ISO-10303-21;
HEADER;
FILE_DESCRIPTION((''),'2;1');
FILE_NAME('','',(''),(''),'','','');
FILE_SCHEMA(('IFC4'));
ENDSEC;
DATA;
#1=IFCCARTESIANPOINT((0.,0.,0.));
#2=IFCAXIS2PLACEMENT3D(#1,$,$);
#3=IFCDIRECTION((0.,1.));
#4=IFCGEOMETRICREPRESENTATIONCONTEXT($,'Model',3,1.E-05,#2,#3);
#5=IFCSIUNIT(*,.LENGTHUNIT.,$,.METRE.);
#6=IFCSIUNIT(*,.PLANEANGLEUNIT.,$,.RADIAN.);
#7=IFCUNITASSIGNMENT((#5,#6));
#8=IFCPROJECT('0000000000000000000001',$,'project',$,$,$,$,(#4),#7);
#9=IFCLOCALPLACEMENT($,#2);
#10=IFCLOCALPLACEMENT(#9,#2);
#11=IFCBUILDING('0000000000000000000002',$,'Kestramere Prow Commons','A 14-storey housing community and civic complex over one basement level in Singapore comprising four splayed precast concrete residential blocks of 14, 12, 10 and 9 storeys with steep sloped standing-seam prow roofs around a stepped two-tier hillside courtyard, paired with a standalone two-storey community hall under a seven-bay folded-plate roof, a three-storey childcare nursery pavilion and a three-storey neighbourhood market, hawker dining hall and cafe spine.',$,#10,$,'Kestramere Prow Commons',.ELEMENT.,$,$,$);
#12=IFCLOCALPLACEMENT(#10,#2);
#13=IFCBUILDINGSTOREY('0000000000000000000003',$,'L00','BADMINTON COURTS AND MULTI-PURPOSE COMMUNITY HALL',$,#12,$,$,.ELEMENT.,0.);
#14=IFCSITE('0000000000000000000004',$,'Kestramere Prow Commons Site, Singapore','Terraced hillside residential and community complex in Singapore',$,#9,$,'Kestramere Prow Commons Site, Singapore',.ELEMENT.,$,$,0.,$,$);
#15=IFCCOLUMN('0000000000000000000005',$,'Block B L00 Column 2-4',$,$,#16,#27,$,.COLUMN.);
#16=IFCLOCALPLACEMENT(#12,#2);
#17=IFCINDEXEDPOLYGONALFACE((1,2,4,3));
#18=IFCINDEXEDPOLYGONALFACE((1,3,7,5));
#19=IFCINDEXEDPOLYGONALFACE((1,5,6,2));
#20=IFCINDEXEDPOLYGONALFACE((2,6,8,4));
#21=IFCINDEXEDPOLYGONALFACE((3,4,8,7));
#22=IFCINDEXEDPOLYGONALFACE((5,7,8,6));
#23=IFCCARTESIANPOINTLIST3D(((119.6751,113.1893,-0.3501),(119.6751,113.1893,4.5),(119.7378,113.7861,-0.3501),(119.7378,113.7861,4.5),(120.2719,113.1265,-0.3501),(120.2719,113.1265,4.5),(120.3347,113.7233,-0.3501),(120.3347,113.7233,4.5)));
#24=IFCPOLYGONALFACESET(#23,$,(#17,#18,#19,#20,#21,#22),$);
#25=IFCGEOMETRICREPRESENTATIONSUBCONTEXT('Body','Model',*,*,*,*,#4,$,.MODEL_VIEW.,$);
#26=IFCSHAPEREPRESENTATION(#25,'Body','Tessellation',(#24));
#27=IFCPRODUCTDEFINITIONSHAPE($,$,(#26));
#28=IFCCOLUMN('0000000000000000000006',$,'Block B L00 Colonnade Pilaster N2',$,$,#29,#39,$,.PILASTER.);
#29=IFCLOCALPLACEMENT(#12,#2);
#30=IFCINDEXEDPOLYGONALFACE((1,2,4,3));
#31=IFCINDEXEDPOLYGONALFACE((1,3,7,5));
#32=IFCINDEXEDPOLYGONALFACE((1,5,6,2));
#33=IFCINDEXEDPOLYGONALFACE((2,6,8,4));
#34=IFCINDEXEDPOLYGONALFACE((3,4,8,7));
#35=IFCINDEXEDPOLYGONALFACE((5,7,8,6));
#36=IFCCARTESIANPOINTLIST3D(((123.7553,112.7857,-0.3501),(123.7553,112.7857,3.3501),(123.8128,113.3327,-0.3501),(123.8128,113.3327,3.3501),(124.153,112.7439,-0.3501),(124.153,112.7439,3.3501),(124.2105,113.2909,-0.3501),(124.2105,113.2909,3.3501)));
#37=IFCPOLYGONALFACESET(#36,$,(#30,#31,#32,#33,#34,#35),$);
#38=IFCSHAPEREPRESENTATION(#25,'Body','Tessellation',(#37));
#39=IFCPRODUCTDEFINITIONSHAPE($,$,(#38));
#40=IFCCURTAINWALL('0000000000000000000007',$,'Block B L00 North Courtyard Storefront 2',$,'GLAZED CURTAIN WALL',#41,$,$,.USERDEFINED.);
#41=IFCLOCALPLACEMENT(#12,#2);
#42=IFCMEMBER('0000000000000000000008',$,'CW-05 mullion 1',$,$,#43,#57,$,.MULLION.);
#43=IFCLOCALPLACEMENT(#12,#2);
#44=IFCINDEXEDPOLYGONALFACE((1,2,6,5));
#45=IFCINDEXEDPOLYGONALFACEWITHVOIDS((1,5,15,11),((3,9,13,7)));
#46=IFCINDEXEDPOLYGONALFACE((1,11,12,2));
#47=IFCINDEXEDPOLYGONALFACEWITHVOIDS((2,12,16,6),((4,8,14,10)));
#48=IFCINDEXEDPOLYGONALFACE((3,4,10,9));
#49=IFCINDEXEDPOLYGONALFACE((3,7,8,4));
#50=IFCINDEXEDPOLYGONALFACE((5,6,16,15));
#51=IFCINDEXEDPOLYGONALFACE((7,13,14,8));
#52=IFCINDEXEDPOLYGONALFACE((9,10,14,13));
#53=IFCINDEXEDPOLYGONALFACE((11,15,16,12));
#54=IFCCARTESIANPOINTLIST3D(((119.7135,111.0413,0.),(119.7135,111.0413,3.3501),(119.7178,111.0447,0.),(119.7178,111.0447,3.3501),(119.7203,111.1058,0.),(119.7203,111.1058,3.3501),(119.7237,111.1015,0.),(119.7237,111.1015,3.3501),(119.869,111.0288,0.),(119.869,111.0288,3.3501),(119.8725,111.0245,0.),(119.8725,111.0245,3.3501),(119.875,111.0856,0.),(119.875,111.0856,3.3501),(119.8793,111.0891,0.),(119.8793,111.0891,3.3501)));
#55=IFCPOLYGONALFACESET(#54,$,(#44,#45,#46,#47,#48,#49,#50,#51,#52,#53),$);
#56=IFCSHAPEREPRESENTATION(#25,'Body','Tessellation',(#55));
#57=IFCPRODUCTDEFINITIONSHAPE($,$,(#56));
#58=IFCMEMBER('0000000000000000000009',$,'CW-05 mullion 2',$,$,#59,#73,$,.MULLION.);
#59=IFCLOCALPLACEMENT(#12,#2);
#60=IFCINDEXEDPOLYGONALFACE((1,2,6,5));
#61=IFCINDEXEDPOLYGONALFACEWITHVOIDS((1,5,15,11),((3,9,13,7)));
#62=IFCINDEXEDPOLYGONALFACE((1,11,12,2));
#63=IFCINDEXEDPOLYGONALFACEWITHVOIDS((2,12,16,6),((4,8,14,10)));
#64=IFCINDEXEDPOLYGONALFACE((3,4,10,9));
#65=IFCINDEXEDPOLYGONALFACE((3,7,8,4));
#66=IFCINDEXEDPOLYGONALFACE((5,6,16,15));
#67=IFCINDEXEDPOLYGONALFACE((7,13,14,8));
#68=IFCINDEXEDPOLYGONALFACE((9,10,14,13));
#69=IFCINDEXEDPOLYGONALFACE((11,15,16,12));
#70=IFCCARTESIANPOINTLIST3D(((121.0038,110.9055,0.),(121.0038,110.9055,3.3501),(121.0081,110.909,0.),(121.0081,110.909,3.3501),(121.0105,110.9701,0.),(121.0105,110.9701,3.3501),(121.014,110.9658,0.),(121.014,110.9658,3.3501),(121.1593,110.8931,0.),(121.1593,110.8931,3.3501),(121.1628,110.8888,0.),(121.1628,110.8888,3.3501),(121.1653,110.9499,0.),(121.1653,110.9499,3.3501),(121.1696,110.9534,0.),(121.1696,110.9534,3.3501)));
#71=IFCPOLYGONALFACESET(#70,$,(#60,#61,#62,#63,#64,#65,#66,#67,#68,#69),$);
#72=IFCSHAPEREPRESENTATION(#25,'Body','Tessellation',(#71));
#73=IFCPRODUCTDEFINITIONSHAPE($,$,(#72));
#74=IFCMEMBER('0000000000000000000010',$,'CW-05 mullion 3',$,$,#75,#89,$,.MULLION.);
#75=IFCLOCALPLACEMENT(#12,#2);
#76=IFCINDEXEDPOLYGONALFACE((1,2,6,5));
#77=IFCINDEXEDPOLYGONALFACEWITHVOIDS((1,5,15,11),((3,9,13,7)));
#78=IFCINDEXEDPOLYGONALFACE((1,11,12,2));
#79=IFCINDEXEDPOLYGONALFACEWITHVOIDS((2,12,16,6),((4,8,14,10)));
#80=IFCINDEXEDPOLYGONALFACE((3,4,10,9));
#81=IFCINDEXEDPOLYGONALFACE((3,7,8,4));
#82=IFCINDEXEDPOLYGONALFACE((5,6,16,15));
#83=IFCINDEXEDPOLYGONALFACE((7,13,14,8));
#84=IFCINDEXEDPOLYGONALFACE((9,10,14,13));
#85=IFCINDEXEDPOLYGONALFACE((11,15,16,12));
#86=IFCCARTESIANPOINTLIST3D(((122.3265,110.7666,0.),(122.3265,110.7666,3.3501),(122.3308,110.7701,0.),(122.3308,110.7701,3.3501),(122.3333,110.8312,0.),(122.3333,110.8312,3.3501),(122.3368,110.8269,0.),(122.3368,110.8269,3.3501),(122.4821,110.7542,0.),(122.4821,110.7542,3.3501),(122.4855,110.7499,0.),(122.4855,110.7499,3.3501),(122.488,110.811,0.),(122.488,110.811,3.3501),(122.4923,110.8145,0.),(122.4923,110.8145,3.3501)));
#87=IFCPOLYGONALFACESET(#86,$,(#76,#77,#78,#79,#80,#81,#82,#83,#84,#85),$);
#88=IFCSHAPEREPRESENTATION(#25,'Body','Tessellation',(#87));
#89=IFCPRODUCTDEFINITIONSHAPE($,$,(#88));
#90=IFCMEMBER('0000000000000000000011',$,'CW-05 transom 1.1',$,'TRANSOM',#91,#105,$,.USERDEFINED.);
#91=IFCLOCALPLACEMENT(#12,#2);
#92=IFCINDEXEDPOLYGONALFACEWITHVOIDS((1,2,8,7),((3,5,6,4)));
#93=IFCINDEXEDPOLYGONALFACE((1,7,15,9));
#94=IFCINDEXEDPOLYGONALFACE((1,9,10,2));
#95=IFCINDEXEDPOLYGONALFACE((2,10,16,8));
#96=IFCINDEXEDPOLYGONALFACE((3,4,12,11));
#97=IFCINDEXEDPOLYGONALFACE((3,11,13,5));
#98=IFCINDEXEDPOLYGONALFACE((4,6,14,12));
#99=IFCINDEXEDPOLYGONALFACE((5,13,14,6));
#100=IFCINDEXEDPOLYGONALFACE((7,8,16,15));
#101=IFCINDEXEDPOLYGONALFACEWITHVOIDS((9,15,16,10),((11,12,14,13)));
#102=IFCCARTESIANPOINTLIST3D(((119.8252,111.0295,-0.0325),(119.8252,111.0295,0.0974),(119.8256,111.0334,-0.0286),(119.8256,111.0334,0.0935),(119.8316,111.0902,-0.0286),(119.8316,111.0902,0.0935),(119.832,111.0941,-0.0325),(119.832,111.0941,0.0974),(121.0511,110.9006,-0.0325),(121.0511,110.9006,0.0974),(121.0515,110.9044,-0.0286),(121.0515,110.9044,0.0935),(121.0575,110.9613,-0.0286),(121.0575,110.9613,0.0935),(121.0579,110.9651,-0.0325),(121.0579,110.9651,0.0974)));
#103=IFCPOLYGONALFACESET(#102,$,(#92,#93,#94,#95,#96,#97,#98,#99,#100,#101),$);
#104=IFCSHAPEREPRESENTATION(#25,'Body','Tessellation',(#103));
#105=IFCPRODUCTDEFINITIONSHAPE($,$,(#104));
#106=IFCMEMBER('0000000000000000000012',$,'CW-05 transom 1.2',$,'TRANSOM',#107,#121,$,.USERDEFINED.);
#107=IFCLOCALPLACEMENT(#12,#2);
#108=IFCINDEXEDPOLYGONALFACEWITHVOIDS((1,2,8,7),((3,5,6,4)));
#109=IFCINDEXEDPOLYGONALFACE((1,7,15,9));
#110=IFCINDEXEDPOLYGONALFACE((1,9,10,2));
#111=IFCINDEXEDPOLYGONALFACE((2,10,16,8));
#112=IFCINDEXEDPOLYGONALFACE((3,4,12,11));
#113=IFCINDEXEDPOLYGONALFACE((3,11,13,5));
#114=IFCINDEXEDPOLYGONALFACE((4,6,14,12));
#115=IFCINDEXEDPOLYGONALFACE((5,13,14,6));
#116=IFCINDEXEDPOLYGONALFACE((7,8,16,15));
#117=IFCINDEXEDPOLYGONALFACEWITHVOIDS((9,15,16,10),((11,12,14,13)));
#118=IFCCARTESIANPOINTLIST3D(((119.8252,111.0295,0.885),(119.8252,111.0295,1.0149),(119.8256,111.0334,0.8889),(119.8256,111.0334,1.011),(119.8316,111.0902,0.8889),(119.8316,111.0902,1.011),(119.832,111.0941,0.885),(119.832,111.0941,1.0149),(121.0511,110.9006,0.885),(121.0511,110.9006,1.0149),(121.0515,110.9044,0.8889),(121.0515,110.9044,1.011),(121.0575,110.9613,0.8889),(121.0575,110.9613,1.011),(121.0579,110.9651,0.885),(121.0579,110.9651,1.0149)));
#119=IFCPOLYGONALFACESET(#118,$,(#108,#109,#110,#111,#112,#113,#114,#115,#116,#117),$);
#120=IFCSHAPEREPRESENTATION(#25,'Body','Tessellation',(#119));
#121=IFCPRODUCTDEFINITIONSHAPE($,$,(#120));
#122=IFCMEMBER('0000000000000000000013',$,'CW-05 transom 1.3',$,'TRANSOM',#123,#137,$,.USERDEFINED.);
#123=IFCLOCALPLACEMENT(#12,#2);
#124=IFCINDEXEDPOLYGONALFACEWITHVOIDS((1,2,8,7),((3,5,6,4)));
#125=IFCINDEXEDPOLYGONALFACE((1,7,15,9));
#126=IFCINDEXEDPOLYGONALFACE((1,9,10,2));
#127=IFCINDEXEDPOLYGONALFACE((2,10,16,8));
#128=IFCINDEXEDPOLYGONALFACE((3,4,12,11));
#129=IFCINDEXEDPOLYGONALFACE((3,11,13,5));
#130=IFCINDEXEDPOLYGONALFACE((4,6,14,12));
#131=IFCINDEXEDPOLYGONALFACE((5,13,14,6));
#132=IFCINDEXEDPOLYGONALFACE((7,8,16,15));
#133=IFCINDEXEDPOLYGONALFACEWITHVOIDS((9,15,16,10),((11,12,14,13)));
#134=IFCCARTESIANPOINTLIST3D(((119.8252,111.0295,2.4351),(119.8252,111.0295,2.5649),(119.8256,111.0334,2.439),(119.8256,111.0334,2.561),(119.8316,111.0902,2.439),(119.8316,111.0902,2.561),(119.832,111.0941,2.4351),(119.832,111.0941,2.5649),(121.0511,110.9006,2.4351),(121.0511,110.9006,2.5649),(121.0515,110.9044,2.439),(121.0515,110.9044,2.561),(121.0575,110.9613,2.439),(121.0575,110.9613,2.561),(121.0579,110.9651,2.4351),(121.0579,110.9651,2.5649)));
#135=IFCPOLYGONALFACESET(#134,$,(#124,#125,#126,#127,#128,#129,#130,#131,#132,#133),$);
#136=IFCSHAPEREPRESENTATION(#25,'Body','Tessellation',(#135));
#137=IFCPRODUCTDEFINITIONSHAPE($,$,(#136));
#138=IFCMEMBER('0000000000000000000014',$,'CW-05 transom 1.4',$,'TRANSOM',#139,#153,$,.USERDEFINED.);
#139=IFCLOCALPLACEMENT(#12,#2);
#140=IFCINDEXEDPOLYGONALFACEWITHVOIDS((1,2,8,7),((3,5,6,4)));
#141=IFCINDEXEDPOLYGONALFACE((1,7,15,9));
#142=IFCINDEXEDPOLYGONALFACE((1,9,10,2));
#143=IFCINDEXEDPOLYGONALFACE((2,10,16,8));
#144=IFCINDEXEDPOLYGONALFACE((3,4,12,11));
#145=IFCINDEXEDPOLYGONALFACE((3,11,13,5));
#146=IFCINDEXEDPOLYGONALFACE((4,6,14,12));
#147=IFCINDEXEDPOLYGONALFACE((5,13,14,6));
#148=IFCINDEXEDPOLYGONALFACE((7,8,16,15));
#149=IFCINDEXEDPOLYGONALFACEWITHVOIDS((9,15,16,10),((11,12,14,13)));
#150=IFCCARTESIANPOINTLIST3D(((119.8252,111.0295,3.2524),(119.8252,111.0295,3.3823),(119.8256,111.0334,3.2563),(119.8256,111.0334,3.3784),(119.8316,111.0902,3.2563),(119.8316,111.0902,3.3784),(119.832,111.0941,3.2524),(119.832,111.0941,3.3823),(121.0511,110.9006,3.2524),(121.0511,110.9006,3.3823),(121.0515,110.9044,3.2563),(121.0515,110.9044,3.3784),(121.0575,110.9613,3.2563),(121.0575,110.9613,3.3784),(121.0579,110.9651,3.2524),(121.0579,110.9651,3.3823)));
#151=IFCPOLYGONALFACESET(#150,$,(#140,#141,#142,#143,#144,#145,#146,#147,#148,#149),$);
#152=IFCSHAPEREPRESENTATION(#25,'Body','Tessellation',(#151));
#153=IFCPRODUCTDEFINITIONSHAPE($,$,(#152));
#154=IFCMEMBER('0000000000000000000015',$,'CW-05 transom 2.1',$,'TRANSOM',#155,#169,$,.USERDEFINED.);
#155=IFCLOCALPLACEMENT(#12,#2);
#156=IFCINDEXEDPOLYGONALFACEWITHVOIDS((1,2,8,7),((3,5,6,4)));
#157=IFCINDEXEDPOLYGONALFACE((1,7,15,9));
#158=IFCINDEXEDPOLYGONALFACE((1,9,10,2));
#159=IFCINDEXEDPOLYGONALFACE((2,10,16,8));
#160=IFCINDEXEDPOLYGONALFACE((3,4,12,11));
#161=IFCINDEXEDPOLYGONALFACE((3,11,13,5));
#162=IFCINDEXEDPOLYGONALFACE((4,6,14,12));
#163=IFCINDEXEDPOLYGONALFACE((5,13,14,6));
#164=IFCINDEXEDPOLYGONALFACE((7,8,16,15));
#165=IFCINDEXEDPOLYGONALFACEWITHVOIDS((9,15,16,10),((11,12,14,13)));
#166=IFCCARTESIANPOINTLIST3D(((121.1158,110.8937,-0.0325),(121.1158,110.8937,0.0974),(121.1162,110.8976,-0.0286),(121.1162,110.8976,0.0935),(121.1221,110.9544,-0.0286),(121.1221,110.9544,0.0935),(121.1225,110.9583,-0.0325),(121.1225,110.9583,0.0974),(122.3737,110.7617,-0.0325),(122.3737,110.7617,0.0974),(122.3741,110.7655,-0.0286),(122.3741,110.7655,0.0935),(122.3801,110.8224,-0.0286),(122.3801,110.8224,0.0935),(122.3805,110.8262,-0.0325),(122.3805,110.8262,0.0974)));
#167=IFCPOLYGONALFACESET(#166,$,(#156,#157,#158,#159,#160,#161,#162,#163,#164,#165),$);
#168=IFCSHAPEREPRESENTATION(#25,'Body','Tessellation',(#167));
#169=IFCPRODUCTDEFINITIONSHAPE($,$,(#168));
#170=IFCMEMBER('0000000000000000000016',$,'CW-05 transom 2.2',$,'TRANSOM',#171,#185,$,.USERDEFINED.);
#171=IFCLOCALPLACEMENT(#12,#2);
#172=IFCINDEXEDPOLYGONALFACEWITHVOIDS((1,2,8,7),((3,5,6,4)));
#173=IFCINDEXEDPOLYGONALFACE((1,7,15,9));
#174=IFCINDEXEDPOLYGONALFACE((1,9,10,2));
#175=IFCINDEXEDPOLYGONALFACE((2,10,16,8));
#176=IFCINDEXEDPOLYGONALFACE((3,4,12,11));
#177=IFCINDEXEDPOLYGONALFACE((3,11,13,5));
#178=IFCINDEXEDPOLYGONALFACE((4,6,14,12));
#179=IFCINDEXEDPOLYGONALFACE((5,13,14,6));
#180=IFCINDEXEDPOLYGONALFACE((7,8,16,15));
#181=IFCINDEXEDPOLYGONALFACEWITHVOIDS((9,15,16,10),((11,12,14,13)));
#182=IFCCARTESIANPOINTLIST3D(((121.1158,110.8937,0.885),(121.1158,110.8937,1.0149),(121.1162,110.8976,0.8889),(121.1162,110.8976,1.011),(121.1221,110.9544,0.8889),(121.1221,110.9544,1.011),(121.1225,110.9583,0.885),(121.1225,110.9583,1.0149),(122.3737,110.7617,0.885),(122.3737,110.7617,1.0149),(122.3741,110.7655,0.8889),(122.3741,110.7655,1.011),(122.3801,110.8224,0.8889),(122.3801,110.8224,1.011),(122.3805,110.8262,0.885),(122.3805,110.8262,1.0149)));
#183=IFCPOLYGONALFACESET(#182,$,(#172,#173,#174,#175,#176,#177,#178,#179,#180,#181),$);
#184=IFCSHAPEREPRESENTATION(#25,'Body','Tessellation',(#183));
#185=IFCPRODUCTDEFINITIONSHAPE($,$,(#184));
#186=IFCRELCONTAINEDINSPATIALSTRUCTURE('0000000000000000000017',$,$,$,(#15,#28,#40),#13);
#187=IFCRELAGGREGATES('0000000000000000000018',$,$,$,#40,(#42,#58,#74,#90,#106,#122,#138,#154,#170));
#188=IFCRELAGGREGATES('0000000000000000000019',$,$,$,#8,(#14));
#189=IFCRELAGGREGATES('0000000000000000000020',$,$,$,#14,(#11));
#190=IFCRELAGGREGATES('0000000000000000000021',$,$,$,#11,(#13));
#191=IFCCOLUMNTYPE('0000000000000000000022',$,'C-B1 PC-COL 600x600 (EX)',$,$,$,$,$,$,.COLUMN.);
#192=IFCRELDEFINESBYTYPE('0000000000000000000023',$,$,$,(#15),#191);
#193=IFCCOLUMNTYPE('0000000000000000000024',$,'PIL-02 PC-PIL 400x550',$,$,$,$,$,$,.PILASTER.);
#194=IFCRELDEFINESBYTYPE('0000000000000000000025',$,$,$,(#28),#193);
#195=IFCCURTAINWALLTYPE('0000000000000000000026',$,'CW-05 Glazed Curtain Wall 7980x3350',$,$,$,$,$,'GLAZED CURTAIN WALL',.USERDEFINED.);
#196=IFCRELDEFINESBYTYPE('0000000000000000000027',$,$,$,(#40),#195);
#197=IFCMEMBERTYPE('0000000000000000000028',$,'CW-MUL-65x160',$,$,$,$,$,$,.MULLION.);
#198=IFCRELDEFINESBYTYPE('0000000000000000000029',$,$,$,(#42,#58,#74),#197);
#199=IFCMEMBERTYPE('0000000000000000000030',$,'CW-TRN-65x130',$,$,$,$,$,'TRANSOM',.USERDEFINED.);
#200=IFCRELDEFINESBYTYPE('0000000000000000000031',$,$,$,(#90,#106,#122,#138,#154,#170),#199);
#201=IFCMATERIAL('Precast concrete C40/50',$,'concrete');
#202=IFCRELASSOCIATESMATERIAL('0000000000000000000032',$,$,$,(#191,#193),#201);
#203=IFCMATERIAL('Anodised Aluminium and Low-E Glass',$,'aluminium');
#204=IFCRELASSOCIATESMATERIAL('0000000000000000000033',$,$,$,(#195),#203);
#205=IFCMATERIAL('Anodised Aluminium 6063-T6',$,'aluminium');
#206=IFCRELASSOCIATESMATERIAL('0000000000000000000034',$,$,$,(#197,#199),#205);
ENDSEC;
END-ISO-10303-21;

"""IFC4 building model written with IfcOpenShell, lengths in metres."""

from ifc_helpers import new_model, si_unit, direction, frame, origin, origin_2d, place, context, subcontext, project, spatial, rectangle, hollow_rectangle, extrude, material, material_profile, profile_set, type_object, element, aggregate, save


model = new_model("IFC4")

# Units and contexts
model_context = context("Model", 3, precision=1e-05, world=origin(), true_north=direction((0.0, 1.0)))
body_context = subcontext(model_context, "Body", "Model", "MODEL_VIEW")
ifc_project = project(units=[si_unit("LENGTHUNIT", "METRE"), si_unit("PLANEANGLEUNIT", "RADIAN")], contexts=[model_context])

# Site, building, storey
site_placement = place(None, origin())
site = spatial("IfcSite", under=ifc_project, at=site_placement, Name="Kestramere Prow Commons Site, Singapore", Description="Terraced hillside residential and community complex in Singapore", LongName="Kestramere Prow Commons Site, Singapore", CompositionType="ELEMENT", RefElevation=0.0)
building_placement = place(site_placement, origin())
building = spatial("IfcBuilding", under=site, at=building_placement, Name="Kestramere Prow Commons", Description="A 14-storey housing community and civic complex over one basement level in Singapore comprising four splayed precast concrete residential blocks of 14, 12, 10 and 9 storeys with steep sloped standing-seam prow roofs around a stepped two-tier hillside courtyard, paired with a standalone two-storey community hall under a seven-bay folded-plate roof, a three-storey childcare nursery pavilion and a three-storey neighbourhood market, hawker dining hall and cafe spine.", LongName="Kestramere Prow Commons", CompositionType="ELEMENT")
storey_placement = place(building_placement, origin())
storey = spatial("IfcBuildingStorey", under=building, at=storey_placement, Name="L00", Description="BADMINTON COURTS AND MULTI-PURPOSE COMMUNITY HALL", CompositionType="ELEMENT", Elevation=0.0)

# Columns
ifc_material_1 = material(Name="Precast concrete C40/50", Category="concrete")
ifc_material_profile_1 = material_profile(ifc_material_1, rectangle(XDim=0.6001, YDim=0.6001, at=origin_2d()), Name="PC-COL 600x600")
ifc_profile_set_1 = profile_set([ifc_material_profile_1], Name="Precast concrete C40/50")
column_type_1 = type_object("IfcColumnType", Name="C-B1 PC-COL 600x600 (EX)", PredefinedType="COLUMN", material=ifc_profile_set_1)
column_1_placement = place(storey_placement, frame((120.0049, 113.4563, -0.3501), z_axis=(0.0, 0.0, 1.0), x_axis=(0.994522, -0.104528, 0.0)))
element("IfcColumn", 1, at=column_1_placement, inside=storey, type_object=column_type_1, Name="Block B L00 Column 2-4", PredefinedType="COLUMN", context=body_context, shape_type="SweptSolid", body=[
    extrude(rectangle(XDim=0.6001, YDim=0.6001, at=origin_2d()), origin(), (0.0, 0.0, 1.0), 4.8501),
])
ifc_material_profile_2 = material_profile(ifc_material_1, rectangle(XDim=0.3999, YDim=0.55, at=origin_2d()), Name="PC-PIL 400x550")
ifc_profile_set_2 = profile_set([ifc_material_profile_2], Name="Precast concrete C40/50")
column_type_2 = type_object("IfcColumnType", Name="PIL-02 PC-PIL 400x550", PredefinedType="PILASTER", material=ifc_profile_set_2)
column_2_placement = place(storey_placement, frame((123.9829, 113.0383, -0.3501), z_axis=(0.0, 0.0, 1.0), x_axis=(0.994522, -0.104528, 0.0)))
element("IfcColumn", 2, at=column_2_placement, inside=storey, type_object=column_type_2, Name="Block B L00 Colonnade Pilaster N2", PredefinedType="PILASTER", context=body_context, shape_type="SweptSolid", body=[
    extrude(rectangle(XDim=0.3999, YDim=0.55, at=origin_2d()), origin(), (0.0, 0.0, 1.0), 3.7002),
])

# Curtain wall, members
ifc_material_2 = material(Name="Anodised Aluminium and Low-E Glass", Category="aluminium")
curtain_wall_type = type_object("IfcCurtainWallType", Name="CW-05 Glazed Curtain Wall 7980x3350", ElementType="GLAZED CURTAIN WALL", PredefinedType="USERDEFINED", material=ifc_material_2)
curtain_wall_placement = place(storey_placement, origin())
curtain_wall = element("IfcCurtainWall", 3, at=curtain_wall_placement, inside=storey, type_object=curtain_wall_type, Name="Block B L00 North Courtyard Storefront 2", ObjectType="GLAZED CURTAIN WALL", PredefinedType="USERDEFINED")
ifc_material_3 = material(Name="Anodised Aluminium 6063-T6", Category="aluminium")
ifc_material_profile_3 = material_profile(ifc_material_3, hollow_rectangle(XDim=0.0649, YDim=0.1599, WallThickness=0.0039, at=origin_2d()), Name="ALU-MUL 65x160")
ifc_profile_set_3 = profile_set([ifc_material_profile_3], Name="Anodised Aluminium 6063-T6")
member_type_1 = type_object("IfcMemberType", Name="CW-MUL-65x160", PredefinedType="MULLION", material=ifc_profile_set_3)
member_1_placement = place(storey_placement, frame((119.7964, 111.0652, 0.0), z_axis=(0.0, 0.0, 1.0), x_axis=(0.104529, 0.994522, 0.0)))
member_1 = element("IfcMember", 4, at=member_1_placement, type_object=member_type_1, Name="CW-05 mullion 1", PredefinedType="MULLION", context=body_context, shape_type="SweptSolid", body=[
    extrude(hollow_rectangle(XDim=0.0649, YDim=0.1599, WallThickness=0.0039, at=origin_2d()), origin(), (0.0, 0.0, 1.0), 3.3501),
])
member_2_placement = place(storey_placement, frame((121.0867, 110.9294, 0.0), z_axis=(0.0, 0.0, 1.0), x_axis=(0.104529, 0.994522, 0.0)))
member_2 = element("IfcMember", 5, at=member_2_placement, type_object=member_type_1, Name="CW-05 mullion 2", PredefinedType="MULLION", context=body_context, shape_type="SweptSolid", body=[
    extrude(hollow_rectangle(XDim=0.0649, YDim=0.1599, WallThickness=0.0039, at=origin_2d()), origin(), (0.0, 0.0, 1.0), 3.3501),
])
member_3_placement = place(storey_placement, frame((122.4094, 110.7905, 0.0), z_axis=(0.0, 0.0, 1.0), x_axis=(0.104529, 0.994522, 0.0)))
member_3 = element("IfcMember", 6, at=member_3_placement, type_object=member_type_1, Name="CW-05 mullion 3", PredefinedType="MULLION", context=body_context, shape_type="SweptSolid", body=[
    extrude(hollow_rectangle(XDim=0.0649, YDim=0.1599, WallThickness=0.0039, at=origin_2d()), origin(), (0.0, 0.0, 1.0), 3.3501),
])
ifc_material_profile_4 = material_profile(ifc_material_3, hollow_rectangle(XDim=0.0649, YDim=0.1299, WallThickness=0.0039, at=origin_2d()), Name="ALU-TRN 65x130")
ifc_profile_set_4 = profile_set([ifc_material_profile_4], Name="Anodised Aluminium 6063-T6")
member_type_2 = type_object("IfcMemberType", Name="CW-TRN-65x130", ElementType="TRANSOM", PredefinedType="USERDEFINED", material=ifc_profile_set_4)
member_4_placement = place(storey_placement, frame((119.8286, 111.0618, 0.0325), z_axis=(0.994516, -0.104582, 0.0), x_axis=(0.104582, 0.994516, 0.0)))
member_4 = element("IfcMember", 7, at=member_4_placement, type_object=member_type_2, Name="CW-05 transom 1.1", ObjectType="TRANSOM", PredefinedType="USERDEFINED", context=body_context, shape_type="SweptSolid", body=[
    extrude(hollow_rectangle(XDim=0.0649, YDim=0.1299, WallThickness=0.0039, at=origin_2d()), origin(), (0.0, 0.0, 1.0), 1.2327),
])
member_5_placement = place(storey_placement, frame((119.8286, 111.0618, 0.95), z_axis=(0.994516, -0.104582, 0.0), x_axis=(0.104582, 0.994516, 0.0)))
member_5 = element("IfcMember", 8, at=member_5_placement, type_object=member_type_2, Name="CW-05 transom 1.2", ObjectType="TRANSOM", PredefinedType="USERDEFINED", context=body_context, shape_type="SweptSolid", body=[
    extrude(hollow_rectangle(XDim=0.0649, YDim=0.1299, WallThickness=0.0039, at=origin_2d()), origin(), (0.0, 0.0, 1.0), 1.2327),
])
member_6_placement = place(storey_placement, frame((119.8286, 111.0618, 2.5), z_axis=(0.994516, -0.104582, 0.0), x_axis=(0.104582, 0.994516, 0.0)))
member_6 = element("IfcMember", 9, at=member_6_placement, type_object=member_type_2, Name="CW-05 transom 1.3", ObjectType="TRANSOM", PredefinedType="USERDEFINED", context=body_context, shape_type="SweptSolid", body=[
    extrude(hollow_rectangle(XDim=0.0649, YDim=0.1299, WallThickness=0.0039, at=origin_2d()), origin(), (0.0, 0.0, 1.0), 1.2327),
])
member_7_placement = place(storey_placement, frame((119.8286, 111.0618, 3.3174), z_axis=(0.994516, -0.104582, 0.0), x_axis=(0.104582, 0.994516, 0.0)))
member_7 = element("IfcMember", 10, at=member_7_placement, type_object=member_type_2, Name="CW-05 transom 1.4", ObjectType="TRANSOM", PredefinedType="USERDEFINED", context=body_context, shape_type="SweptSolid", body=[
    extrude(hollow_rectangle(XDim=0.0649, YDim=0.1299, WallThickness=0.0039, at=origin_2d()), origin(), (0.0, 0.0, 1.0), 1.2327),
])
member_8_placement = place(storey_placement, frame((121.1191, 110.926, 0.0325), z_axis=(0.994534, -0.104414, 0.0), x_axis=(0.104414, 0.994534, 0.0)))
member_8 = element("IfcMember", 11, at=member_8_placement, type_object=member_type_2, Name="CW-05 transom 2.1", ObjectType="TRANSOM", PredefinedType="USERDEFINED", context=body_context, shape_type="SweptSolid", body=[
    extrude(hollow_rectangle(XDim=0.0649, YDim=0.1299, WallThickness=0.0039, at=origin_2d()), origin(), (0.0, 0.0, 1.0), 1.2649),
])
member_9_placement = place(storey_placement, frame((121.1191, 110.926, 0.95), z_axis=(0.994534, -0.104414, 0.0), x_axis=(0.104414, 0.994534, 0.0)))
member_9 = element("IfcMember", 12, at=member_9_placement, type_object=member_type_2, Name="CW-05 transom 2.2", ObjectType="TRANSOM", PredefinedType="USERDEFINED", context=body_context, shape_type="SweptSolid", body=[
    extrude(hollow_rectangle(XDim=0.0649, YDim=0.1299, WallThickness=0.0039, at=origin_2d()), origin(), (0.0, 0.0, 1.0), 1.2649),
])

aggregate(curtain_wall, [member_1, member_2, member_3, member_4, member_5, member_6, member_7, member_8, member_9])

save(model, "model.ifc")
